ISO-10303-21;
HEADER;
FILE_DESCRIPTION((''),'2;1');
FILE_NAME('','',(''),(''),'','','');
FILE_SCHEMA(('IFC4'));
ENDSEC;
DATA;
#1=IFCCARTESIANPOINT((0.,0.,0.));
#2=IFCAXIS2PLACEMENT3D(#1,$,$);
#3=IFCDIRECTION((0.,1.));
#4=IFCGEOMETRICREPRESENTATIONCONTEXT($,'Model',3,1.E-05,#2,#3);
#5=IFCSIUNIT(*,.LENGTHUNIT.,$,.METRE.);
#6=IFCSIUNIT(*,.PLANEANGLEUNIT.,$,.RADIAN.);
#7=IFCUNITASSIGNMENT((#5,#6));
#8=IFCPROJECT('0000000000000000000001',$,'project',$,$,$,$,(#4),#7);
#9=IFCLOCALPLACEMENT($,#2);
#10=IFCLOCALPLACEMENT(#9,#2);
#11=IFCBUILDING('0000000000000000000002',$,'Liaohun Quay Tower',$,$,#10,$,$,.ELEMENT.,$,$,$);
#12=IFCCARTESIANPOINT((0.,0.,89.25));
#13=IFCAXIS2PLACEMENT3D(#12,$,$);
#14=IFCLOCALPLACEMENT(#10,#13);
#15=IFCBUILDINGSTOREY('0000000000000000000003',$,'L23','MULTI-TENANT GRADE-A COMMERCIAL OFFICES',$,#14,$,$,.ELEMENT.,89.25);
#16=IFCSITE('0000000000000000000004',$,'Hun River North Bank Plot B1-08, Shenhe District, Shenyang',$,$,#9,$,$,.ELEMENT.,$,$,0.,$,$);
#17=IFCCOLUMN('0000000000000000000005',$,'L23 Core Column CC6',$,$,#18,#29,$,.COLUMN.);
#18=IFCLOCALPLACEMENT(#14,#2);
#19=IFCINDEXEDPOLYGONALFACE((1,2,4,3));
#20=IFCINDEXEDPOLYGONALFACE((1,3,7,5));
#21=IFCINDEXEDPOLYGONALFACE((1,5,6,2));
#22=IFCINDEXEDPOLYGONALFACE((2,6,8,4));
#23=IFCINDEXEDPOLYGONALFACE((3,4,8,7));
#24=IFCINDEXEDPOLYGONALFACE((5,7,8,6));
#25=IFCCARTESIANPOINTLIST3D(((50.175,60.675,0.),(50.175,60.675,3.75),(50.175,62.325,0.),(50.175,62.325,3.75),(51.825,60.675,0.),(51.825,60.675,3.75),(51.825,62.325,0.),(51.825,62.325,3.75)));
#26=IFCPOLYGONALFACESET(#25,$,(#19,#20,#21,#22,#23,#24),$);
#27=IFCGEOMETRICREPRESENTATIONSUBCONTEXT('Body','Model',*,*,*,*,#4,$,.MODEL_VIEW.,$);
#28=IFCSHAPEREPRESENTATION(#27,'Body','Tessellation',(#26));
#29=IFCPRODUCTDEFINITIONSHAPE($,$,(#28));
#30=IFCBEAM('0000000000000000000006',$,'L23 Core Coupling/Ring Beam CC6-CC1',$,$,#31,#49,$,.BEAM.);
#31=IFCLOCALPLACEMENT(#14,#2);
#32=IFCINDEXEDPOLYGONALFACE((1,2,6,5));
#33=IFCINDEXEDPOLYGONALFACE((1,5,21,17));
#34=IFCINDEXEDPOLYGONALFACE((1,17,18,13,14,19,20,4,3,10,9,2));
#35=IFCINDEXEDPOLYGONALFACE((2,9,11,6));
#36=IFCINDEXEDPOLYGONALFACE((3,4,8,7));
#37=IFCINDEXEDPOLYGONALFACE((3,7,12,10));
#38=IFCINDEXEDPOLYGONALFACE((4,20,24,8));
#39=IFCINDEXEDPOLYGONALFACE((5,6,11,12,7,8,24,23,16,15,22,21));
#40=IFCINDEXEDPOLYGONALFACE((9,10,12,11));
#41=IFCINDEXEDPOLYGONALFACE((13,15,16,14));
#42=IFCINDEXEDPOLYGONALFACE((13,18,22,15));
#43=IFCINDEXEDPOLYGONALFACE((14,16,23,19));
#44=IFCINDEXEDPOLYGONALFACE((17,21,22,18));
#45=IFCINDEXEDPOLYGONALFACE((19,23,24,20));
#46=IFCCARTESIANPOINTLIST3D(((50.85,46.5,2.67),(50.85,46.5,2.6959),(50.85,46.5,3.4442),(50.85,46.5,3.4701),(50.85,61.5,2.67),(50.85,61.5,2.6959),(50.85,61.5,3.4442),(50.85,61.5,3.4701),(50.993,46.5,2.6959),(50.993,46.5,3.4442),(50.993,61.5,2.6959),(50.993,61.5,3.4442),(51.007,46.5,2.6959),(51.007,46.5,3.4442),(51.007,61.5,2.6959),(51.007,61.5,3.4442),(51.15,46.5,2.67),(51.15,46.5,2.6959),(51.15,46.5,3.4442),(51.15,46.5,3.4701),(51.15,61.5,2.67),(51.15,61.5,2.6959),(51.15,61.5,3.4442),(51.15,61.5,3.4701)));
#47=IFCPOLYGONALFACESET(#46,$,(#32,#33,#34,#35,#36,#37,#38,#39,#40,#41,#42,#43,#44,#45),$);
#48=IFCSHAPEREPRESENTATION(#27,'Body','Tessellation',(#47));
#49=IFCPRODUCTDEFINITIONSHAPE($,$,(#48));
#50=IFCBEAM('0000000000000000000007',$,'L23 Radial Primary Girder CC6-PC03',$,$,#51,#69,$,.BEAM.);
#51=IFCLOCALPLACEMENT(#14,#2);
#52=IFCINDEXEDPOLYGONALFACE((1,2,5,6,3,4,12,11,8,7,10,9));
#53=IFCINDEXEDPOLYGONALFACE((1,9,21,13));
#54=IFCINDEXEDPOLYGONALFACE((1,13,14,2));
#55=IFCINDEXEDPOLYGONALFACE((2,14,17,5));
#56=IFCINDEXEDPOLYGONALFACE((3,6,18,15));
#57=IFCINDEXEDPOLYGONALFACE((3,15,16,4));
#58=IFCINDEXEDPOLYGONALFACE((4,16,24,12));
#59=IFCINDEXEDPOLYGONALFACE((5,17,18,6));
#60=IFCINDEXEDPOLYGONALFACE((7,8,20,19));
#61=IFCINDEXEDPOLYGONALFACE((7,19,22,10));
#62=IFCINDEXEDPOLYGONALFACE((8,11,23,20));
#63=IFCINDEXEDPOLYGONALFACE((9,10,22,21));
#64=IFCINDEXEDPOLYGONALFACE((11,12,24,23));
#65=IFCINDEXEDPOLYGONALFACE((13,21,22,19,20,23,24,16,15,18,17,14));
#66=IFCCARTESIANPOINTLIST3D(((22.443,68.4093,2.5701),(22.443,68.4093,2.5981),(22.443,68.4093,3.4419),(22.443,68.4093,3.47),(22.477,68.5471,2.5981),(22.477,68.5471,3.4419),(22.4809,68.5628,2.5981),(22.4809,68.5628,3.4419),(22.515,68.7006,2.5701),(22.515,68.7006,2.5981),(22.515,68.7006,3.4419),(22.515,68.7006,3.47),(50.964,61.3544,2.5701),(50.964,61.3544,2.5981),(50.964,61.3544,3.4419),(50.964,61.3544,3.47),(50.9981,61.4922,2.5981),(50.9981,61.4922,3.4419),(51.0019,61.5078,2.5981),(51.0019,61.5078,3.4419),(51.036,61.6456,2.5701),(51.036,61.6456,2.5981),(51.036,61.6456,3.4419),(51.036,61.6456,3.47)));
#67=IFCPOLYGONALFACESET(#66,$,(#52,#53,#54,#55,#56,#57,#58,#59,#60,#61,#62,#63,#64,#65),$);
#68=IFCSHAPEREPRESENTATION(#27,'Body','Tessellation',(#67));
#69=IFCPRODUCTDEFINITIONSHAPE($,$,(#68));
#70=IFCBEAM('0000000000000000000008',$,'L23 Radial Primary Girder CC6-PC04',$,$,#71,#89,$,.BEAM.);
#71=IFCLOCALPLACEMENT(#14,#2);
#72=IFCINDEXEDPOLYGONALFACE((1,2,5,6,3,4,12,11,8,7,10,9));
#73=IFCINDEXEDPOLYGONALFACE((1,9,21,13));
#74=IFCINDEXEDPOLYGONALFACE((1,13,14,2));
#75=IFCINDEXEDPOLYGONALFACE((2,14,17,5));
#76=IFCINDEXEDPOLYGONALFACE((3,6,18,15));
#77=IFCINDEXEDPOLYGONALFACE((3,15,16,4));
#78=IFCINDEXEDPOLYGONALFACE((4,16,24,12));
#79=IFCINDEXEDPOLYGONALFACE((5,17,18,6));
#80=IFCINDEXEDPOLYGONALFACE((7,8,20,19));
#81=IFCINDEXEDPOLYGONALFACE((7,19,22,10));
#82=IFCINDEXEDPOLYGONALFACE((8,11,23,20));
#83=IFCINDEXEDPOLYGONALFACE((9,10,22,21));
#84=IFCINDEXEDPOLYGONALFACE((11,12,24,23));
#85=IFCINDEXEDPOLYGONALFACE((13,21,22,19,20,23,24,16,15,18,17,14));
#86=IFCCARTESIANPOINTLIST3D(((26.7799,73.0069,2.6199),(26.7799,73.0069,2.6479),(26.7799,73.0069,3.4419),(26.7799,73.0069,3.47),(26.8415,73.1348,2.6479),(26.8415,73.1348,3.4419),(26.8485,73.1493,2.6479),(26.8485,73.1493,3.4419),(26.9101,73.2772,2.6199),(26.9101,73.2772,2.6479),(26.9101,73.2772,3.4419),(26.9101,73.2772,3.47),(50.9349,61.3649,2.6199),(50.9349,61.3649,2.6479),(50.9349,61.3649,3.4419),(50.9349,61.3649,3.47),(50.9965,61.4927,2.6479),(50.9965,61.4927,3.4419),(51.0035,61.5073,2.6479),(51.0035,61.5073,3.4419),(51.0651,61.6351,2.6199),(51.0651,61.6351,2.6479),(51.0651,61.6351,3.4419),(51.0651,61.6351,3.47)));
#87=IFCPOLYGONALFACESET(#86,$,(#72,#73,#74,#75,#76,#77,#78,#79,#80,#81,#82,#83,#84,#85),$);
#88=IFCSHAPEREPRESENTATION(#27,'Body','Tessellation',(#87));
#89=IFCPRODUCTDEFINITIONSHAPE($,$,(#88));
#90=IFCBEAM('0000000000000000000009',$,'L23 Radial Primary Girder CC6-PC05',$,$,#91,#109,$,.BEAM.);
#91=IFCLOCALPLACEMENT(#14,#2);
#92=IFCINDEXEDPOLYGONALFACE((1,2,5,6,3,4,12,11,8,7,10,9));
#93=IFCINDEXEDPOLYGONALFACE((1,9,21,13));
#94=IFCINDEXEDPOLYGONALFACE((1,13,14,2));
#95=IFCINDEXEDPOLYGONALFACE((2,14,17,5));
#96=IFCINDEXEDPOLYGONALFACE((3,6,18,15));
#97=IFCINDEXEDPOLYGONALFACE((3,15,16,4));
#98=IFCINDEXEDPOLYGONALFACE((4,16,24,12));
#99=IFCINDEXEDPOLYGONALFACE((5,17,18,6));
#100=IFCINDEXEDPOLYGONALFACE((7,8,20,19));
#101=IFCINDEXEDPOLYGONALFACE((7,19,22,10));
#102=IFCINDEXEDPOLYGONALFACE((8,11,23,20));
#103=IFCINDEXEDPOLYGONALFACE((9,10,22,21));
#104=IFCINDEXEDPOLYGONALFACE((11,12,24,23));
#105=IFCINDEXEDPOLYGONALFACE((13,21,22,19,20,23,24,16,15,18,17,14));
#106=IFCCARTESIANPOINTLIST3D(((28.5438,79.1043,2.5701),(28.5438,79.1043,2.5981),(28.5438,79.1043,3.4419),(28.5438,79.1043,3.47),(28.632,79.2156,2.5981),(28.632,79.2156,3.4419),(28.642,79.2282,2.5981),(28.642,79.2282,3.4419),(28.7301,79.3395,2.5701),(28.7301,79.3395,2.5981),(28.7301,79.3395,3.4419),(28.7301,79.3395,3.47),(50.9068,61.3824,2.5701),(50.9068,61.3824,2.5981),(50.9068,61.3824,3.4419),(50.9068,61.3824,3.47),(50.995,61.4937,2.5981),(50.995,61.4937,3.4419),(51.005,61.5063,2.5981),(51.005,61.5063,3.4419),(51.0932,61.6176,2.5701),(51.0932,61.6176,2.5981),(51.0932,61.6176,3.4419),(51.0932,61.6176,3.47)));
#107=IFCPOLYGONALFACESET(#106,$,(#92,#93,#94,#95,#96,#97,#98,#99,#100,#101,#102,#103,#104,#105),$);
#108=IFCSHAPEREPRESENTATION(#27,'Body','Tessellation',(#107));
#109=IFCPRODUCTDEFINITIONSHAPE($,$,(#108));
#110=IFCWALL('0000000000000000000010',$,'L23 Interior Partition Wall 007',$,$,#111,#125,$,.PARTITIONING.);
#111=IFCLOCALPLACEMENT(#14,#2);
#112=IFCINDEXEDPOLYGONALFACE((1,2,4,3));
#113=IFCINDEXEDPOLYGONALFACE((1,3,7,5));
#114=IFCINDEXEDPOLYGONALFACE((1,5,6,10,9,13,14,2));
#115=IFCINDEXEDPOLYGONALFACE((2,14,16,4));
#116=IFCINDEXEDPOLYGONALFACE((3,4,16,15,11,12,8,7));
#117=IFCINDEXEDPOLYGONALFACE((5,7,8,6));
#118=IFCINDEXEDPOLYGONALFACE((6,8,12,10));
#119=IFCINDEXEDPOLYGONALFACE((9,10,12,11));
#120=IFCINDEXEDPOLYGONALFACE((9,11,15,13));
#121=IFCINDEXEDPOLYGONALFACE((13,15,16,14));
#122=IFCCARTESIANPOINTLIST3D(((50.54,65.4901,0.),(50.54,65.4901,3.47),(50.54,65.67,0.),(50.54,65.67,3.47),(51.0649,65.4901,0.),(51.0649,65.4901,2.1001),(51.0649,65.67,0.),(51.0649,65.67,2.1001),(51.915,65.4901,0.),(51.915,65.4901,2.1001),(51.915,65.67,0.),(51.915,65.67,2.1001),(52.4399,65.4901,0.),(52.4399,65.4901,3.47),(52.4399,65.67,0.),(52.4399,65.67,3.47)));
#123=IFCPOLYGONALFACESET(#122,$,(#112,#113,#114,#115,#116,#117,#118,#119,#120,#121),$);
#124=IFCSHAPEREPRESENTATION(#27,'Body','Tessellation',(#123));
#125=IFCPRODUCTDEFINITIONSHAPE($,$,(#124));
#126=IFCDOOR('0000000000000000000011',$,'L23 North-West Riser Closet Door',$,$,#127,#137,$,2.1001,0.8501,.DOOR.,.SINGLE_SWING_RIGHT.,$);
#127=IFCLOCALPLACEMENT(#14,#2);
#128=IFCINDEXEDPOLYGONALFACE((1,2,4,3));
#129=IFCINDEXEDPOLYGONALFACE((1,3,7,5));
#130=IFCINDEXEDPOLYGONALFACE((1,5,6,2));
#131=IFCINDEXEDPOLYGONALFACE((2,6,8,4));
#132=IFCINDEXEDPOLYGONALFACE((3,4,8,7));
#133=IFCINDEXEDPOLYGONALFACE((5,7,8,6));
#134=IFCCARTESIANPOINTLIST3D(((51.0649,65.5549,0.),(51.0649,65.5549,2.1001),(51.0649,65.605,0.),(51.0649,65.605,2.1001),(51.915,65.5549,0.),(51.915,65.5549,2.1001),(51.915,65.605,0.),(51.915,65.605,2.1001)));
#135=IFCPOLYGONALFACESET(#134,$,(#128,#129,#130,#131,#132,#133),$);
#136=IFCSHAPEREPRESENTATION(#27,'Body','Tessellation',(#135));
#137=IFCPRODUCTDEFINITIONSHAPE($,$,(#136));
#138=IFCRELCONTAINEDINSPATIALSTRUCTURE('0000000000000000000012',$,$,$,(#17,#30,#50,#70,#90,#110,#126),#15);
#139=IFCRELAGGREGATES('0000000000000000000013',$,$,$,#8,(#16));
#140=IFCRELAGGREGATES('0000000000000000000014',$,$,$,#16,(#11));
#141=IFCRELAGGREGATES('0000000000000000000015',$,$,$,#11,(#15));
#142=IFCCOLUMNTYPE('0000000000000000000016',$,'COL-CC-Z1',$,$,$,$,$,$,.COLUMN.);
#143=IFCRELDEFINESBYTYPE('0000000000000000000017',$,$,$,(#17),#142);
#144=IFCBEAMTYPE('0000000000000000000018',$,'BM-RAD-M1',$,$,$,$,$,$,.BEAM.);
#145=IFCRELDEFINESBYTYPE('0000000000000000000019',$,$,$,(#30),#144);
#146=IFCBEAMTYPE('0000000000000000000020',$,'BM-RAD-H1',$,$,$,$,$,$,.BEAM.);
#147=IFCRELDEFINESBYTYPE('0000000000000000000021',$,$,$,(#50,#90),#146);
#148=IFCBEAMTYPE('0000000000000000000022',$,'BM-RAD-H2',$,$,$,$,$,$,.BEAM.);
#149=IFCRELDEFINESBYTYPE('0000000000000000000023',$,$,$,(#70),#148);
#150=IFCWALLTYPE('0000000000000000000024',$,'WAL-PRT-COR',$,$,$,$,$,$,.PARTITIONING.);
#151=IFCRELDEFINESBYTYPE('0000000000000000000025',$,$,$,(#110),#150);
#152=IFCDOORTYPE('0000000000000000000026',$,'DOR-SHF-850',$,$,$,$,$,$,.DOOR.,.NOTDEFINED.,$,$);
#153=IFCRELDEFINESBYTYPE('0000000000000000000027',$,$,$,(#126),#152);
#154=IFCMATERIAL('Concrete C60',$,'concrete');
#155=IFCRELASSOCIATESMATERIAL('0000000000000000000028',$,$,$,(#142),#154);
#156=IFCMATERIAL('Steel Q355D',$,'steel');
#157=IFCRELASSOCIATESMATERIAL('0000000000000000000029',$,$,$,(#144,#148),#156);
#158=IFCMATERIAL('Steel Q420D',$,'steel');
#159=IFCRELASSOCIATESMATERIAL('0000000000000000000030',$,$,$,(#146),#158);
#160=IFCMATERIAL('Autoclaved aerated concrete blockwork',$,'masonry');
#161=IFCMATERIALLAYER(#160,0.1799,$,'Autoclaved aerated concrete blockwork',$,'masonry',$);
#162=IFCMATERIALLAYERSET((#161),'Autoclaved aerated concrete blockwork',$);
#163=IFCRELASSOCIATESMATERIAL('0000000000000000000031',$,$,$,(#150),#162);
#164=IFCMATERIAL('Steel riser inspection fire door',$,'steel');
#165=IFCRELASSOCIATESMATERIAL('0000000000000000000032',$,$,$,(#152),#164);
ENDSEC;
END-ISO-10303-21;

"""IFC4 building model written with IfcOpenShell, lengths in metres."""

from ifc_helpers import new_model, si_unit, direction, frame, frame_2d, origin, origin_2d, place, context, subcontext, project, spatial, rectangle, i_section, extrude, source, transform, mapped, material, layer, layer_set, material_profile, profile_set, type_object, element, fill, save


model = new_model("IFC4")

# Units and contexts
model_context = context("Model", 3, precision=1e-05, world=origin(), true_north=direction((0.0, 1.0)))
body_context = subcontext(model_context, "Body", "Model", "MODEL_VIEW")
ifc_project = project(units=[si_unit("LENGTHUNIT", "METRE"), si_unit("PLANEANGLEUNIT", "RADIAN")], contexts=[model_context])

# Site, building, storey
site_placement = place(None, origin())
site = spatial("IfcSite", under=ifc_project, at=site_placement, Name="Hun River North Bank Plot B1-08, Shenhe District, Shenyang", CompositionType="ELEMENT", RefElevation=0.0)
building_placement = place(site_placement, origin())
building = spatial("IfcBuilding", under=site, at=building_placement, Name="Liaohun Quay Tower", CompositionType="ELEMENT")
storey_placement = place(building_placement, frame((0.0, 0.0, 89.25)))
storey = spatial("IfcBuildingStorey", under=building, at=storey_placement, Name="L23", Description="MULTI-TENANT GRADE-A COMMERCIAL OFFICES", CompositionType="ELEMENT", Elevation=89.25)

# Column
ifc_material_1 = material(Name="Concrete C60", Category="concrete")
ifc_material_profile_1 = material_profile(ifc_material_1, rectangle(XDim=1.6499, YDim=1.6499, at=origin_2d()), Name="RC1650x1650")
ifc_profile_set_1 = profile_set([ifc_material_profile_1], Name="Concrete C60")
column_type = type_object("IfcColumnType", Name="COL-CC-Z1", PredefinedType="COLUMN", material=ifc_profile_set_1)
shared_shape_1 = source(origin(), body_context, "Body", "SweptSolid", [
    extrude(rectangle(XDim=1.6499, YDim=1.6499, at=origin_2d()), origin(), (0.0, 0.0, 1.0), 3.75),
])
column_placement = place(storey_placement, frame((51.0, 61.5, 0.0), z_axis=(0.0, 0.0, 1.0), x_axis=(1.0, 0.0, 0.0)))
element("IfcColumn", 1, at=column_placement, inside=storey, type_object=column_type, Name="L23 Core Column CC6", PredefinedType="COLUMN", context=body_context, shape_type="MappedRepresentation", body=[
    mapped(shared_shape_1, transform((0.0, 0.0, 0.0), x_axis=(1.0, 0.0, 0.0), y_axis=(0.0, 1.0, 0.0), z_axis=(0.0, 0.0, 1.0), scale=1.0)),
])

# Beams
ifc_material_2 = material(Name="Steel Q355D", Category="steel")
ifc_material_profile_2 = material_profile(ifc_material_2, i_section(OverallWidth=0.3, OverallDepth=0.8, WebThickness=0.0139, FlangeThickness=0.0259, at=origin_2d()), Name="HN800x300x14x26")
ifc_profile_set_2 = profile_set([ifc_material_profile_2], Name="Steel Q355D")
beam_type_1 = type_object("IfcBeamType", Name="BM-RAD-M1", PredefinedType="BEAM", material=ifc_profile_set_2)
shared_shape_2 = source(origin(), body_context, "Body", "SweptSolid", [
    extrude(i_section(OverallWidth=0.3, OverallDepth=0.8, WebThickness=0.0139, FlangeThickness=0.0259, at=origin_2d()), origin(), (0.0, 0.0, 1.0), 15.0),
])
beam_1_placement = place(storey_placement, frame((51.0, 61.5, 3.0701), z_axis=(0.0, -1.0, 0.0), x_axis=(1.0, 0.0, 0.0)))
element("IfcBeam", 2, at=beam_1_placement, inside=storey, type_object=beam_type_1, Name="L23 Core Coupling/Ring Beam CC6-CC1", PredefinedType="BEAM", context=body_context, shape_type="MappedRepresentation", body=[
    mapped(shared_shape_2, transform((0.0, 0.0, 0.0), x_axis=(1.0, 0.0, 0.0), y_axis=(0.0, 1.0, 0.0), z_axis=(0.0, 0.0, 1.0), scale=1.0)),
])
ifc_material_3 = material(Name="Steel Q420D", Category="steel")
ifc_material_profile_3 = material_profile(ifc_material_3, i_section(OverallWidth=0.3, OverallDepth=0.8999, WebThickness=0.0161, FlangeThickness=0.0281, at=origin_2d()), Name="HN900x300x16x28")
ifc_profile_set_3 = profile_set([ifc_material_profile_3], Name="Steel Q420D")
beam_type_2 = type_object("IfcBeamType", Name="BM-RAD-H1", PredefinedType="BEAM", material=ifc_profile_set_3)
shared_shape_3 = source(origin(), body_context, "Body", "SweptSolid", [
    extrude(i_section(OverallWidth=0.3, OverallDepth=0.8999, WebThickness=0.0161, FlangeThickness=0.0281, at=origin_2d()), origin(), (0.0, 0.0, 1.0), 29.3806),
])
beam_2_placement = place(storey_placement, frame((51.0, 61.5, 3.02), z_axis=(-0.970743, 0.240122, 0.0), x_axis=(-0.240122, -0.970743, 0.0)))
element("IfcBeam", 3, at=beam_2_placement, inside=storey, type_object=beam_type_2, Name="L23 Radial Primary Girder CC6-PC03", PredefinedType="BEAM", context=body_context, shape_type="MappedRepresentation", body=[
    mapped(shared_shape_3, transform((0.0, 0.0, 0.0), x_axis=(1.0, 0.0, 0.0), y_axis=(0.0, 1.0, 0.0), z_axis=(0.0, 0.0, 1.0), scale=1.0)),
])
ifc_material_profile_4 = material_profile(ifc_material_2, i_section(OverallWidth=0.3, OverallDepth=0.8501, WebThickness=0.0161, FlangeThickness=0.0281, at=origin_2d()), Name="HN850x300x16x28")
ifc_profile_set_4 = profile_set([ifc_material_profile_4], Name="Steel Q355D")
beam_type_3 = type_object("IfcBeamType", Name="BM-RAD-H2", PredefinedType="BEAM", material=ifc_profile_set_4)
shared_shape_4 = source(origin(), body_context, "Body", "SweptSolid", [
    extrude(i_section(OverallWidth=0.3, OverallDepth=0.8501, WebThickness=0.0161, FlangeThickness=0.0281, at=origin_2d()), origin(), (0.0, 0.0, 1.0), 26.8142),
])
beam_3_placement = place(storey_placement, frame((51.0, 61.5, 3.0449), z_axis=(-0.900828, 0.434176, 0.0), x_axis=(-0.434176, -0.900828, 0.0)))
element("IfcBeam", 4, at=beam_3_placement, inside=storey, type_object=beam_type_3, Name="L23 Radial Primary Girder CC6-PC04", PredefinedType="BEAM", context=body_context, shape_type="MappedRepresentation", body=[
    mapped(shared_shape_4, transform((0.0, 0.0, 0.0), x_axis=(1.0, 0.0, 0.0), y_axis=(0.0, 1.0, 0.0), z_axis=(0.0, 0.0, 1.0), scale=1.0)),
])
shared_shape_5 = source(origin(), body_context, "Body", "SweptSolid", [
    extrude(i_section(OverallWidth=0.3, OverallDepth=0.8999, WebThickness=0.0161, FlangeThickness=0.0281, at=origin_2d()), origin(), (0.0, 0.0, 1.0), 28.5337),
])
beam_4_placement = place(storey_placement, frame((51.0, 61.5, 3.02), z_axis=(-0.783741, 0.621087, 0.0), x_axis=(-0.621087, -0.783741, 0.0)))
element("IfcBeam", 5, at=beam_4_placement, inside=storey, type_object=beam_type_2, Name="L23 Radial Primary Girder CC6-PC05", PredefinedType="BEAM", context=body_context, shape_type="MappedRepresentation", body=[
    mapped(shared_shape_5, transform((0.0, 0.0, 0.0), x_axis=(1.0, 0.0, 0.0), y_axis=(0.0, 1.0, 0.0), z_axis=(0.0, 0.0, 1.0), scale=1.0)),
])

# Wall, opening, door
ifc_material_4 = material(Name="Autoclaved aerated concrete blockwork", Category="masonry")
ifc_layer_1 = layer(ifc_material_4, 0.1799, Name="Autoclaved aerated concrete blockwork", Category="masonry")
ifc_layer_set_1 = layer_set([ifc_layer_1], Name="Autoclaved aerated concrete blockwork")
wall_type_1 = type_object("IfcWallType", Name="WAL-PRT-COR", PredefinedType="PARTITIONING", material=ifc_layer_set_1)
wall_1_placement = place(storey_placement, frame((50.54, 65.5801, 0.0), z_axis=(0.0, 0.0, 1.0), x_axis=(1.0, 0.0, 0.0)))
wall_1 = element("IfcWall", 6, at=wall_1_placement, inside=storey, type_object=wall_type_1, Name="L23 Interior Partition Wall 007", PredefinedType="PARTITIONING", context=body_context, shape_type="SweptSolid", body=[
    extrude(rectangle(XDim=1.8999, YDim=0.1799, at=frame_2d((0.95, 0.0))), origin(), (0.0, 0.0, 1.0), 3.47),
])
shared_shape_6 = source(origin(), body_context, "Body", "SweptSolid", [
    extrude(rectangle(XDim=0.8501, YDim=2.1001, at=frame_2d((0.425, 1.05))), frame((0.0, 0.0999, 0.0), z_axis=(0.0, -1.0, 0.0), x_axis=(1.0, 0.0, 0.0)), (0.0, 0.0, 1.0), 0.2),
])
opening_1_placement = place(wall_1_placement, frame((0.5249, 0.0, 0.0)))
opening_1 = element("IfcOpeningElement", 7, at=opening_1_placement, cuts=wall_1, PredefinedType="OPENING", context=body_context, shape_type="MappedRepresentation", body=[
    mapped(shared_shape_6, transform((0.0, 0.0, 0.0), x_axis=(1.0, 0.0, 0.0), y_axis=(0.0, 1.0, 0.0), z_axis=(0.0, 0.0, 1.0), scale=1.0)),
])
ifc_material_5 = material(Name="Steel riser inspection fire door", Category="steel")
door_type_1 = type_object("IfcDoorType", Name="DOR-SHF-850", OperationType="NOTDEFINED", PredefinedType="DOOR", material=ifc_material_5)
shared_shape_7 = source(origin(), body_context, "Body", "SweptSolid", [
    extrude(rectangle(XDim=0.8501, YDim=2.1001, at=frame_2d((0.425, 1.05))), frame((0.0, 0.0249, 0.0), z_axis=(0.0, -1.0, 0.0), x_axis=(1.0, 0.0, 0.0)), (0.0, 0.0, 1.0), 0.05),
])
door_1_placement = place(opening_1_placement, origin())
door_1 = element("IfcDoor", 8, at=door_1_placement, inside=storey, type_object=door_type_1, Name="L23 North-West Riser Closet Door", OperationType="SINGLE_SWING_RIGHT", OverallHeight=2.1001, OverallWidth=0.8501, PredefinedType="DOOR", context=body_context, shape_type="MappedRepresentation", body=[
    mapped(shared_shape_7, transform((0.0, 0.0, 0.0), x_axis=(1.0, 0.0, 0.0), y_axis=(0.0, 1.0, 0.0), z_axis=(0.0, 0.0, 1.0), scale=1.0)),
])
fill(opening_1, door_1)

save(model, "model.ifc")
